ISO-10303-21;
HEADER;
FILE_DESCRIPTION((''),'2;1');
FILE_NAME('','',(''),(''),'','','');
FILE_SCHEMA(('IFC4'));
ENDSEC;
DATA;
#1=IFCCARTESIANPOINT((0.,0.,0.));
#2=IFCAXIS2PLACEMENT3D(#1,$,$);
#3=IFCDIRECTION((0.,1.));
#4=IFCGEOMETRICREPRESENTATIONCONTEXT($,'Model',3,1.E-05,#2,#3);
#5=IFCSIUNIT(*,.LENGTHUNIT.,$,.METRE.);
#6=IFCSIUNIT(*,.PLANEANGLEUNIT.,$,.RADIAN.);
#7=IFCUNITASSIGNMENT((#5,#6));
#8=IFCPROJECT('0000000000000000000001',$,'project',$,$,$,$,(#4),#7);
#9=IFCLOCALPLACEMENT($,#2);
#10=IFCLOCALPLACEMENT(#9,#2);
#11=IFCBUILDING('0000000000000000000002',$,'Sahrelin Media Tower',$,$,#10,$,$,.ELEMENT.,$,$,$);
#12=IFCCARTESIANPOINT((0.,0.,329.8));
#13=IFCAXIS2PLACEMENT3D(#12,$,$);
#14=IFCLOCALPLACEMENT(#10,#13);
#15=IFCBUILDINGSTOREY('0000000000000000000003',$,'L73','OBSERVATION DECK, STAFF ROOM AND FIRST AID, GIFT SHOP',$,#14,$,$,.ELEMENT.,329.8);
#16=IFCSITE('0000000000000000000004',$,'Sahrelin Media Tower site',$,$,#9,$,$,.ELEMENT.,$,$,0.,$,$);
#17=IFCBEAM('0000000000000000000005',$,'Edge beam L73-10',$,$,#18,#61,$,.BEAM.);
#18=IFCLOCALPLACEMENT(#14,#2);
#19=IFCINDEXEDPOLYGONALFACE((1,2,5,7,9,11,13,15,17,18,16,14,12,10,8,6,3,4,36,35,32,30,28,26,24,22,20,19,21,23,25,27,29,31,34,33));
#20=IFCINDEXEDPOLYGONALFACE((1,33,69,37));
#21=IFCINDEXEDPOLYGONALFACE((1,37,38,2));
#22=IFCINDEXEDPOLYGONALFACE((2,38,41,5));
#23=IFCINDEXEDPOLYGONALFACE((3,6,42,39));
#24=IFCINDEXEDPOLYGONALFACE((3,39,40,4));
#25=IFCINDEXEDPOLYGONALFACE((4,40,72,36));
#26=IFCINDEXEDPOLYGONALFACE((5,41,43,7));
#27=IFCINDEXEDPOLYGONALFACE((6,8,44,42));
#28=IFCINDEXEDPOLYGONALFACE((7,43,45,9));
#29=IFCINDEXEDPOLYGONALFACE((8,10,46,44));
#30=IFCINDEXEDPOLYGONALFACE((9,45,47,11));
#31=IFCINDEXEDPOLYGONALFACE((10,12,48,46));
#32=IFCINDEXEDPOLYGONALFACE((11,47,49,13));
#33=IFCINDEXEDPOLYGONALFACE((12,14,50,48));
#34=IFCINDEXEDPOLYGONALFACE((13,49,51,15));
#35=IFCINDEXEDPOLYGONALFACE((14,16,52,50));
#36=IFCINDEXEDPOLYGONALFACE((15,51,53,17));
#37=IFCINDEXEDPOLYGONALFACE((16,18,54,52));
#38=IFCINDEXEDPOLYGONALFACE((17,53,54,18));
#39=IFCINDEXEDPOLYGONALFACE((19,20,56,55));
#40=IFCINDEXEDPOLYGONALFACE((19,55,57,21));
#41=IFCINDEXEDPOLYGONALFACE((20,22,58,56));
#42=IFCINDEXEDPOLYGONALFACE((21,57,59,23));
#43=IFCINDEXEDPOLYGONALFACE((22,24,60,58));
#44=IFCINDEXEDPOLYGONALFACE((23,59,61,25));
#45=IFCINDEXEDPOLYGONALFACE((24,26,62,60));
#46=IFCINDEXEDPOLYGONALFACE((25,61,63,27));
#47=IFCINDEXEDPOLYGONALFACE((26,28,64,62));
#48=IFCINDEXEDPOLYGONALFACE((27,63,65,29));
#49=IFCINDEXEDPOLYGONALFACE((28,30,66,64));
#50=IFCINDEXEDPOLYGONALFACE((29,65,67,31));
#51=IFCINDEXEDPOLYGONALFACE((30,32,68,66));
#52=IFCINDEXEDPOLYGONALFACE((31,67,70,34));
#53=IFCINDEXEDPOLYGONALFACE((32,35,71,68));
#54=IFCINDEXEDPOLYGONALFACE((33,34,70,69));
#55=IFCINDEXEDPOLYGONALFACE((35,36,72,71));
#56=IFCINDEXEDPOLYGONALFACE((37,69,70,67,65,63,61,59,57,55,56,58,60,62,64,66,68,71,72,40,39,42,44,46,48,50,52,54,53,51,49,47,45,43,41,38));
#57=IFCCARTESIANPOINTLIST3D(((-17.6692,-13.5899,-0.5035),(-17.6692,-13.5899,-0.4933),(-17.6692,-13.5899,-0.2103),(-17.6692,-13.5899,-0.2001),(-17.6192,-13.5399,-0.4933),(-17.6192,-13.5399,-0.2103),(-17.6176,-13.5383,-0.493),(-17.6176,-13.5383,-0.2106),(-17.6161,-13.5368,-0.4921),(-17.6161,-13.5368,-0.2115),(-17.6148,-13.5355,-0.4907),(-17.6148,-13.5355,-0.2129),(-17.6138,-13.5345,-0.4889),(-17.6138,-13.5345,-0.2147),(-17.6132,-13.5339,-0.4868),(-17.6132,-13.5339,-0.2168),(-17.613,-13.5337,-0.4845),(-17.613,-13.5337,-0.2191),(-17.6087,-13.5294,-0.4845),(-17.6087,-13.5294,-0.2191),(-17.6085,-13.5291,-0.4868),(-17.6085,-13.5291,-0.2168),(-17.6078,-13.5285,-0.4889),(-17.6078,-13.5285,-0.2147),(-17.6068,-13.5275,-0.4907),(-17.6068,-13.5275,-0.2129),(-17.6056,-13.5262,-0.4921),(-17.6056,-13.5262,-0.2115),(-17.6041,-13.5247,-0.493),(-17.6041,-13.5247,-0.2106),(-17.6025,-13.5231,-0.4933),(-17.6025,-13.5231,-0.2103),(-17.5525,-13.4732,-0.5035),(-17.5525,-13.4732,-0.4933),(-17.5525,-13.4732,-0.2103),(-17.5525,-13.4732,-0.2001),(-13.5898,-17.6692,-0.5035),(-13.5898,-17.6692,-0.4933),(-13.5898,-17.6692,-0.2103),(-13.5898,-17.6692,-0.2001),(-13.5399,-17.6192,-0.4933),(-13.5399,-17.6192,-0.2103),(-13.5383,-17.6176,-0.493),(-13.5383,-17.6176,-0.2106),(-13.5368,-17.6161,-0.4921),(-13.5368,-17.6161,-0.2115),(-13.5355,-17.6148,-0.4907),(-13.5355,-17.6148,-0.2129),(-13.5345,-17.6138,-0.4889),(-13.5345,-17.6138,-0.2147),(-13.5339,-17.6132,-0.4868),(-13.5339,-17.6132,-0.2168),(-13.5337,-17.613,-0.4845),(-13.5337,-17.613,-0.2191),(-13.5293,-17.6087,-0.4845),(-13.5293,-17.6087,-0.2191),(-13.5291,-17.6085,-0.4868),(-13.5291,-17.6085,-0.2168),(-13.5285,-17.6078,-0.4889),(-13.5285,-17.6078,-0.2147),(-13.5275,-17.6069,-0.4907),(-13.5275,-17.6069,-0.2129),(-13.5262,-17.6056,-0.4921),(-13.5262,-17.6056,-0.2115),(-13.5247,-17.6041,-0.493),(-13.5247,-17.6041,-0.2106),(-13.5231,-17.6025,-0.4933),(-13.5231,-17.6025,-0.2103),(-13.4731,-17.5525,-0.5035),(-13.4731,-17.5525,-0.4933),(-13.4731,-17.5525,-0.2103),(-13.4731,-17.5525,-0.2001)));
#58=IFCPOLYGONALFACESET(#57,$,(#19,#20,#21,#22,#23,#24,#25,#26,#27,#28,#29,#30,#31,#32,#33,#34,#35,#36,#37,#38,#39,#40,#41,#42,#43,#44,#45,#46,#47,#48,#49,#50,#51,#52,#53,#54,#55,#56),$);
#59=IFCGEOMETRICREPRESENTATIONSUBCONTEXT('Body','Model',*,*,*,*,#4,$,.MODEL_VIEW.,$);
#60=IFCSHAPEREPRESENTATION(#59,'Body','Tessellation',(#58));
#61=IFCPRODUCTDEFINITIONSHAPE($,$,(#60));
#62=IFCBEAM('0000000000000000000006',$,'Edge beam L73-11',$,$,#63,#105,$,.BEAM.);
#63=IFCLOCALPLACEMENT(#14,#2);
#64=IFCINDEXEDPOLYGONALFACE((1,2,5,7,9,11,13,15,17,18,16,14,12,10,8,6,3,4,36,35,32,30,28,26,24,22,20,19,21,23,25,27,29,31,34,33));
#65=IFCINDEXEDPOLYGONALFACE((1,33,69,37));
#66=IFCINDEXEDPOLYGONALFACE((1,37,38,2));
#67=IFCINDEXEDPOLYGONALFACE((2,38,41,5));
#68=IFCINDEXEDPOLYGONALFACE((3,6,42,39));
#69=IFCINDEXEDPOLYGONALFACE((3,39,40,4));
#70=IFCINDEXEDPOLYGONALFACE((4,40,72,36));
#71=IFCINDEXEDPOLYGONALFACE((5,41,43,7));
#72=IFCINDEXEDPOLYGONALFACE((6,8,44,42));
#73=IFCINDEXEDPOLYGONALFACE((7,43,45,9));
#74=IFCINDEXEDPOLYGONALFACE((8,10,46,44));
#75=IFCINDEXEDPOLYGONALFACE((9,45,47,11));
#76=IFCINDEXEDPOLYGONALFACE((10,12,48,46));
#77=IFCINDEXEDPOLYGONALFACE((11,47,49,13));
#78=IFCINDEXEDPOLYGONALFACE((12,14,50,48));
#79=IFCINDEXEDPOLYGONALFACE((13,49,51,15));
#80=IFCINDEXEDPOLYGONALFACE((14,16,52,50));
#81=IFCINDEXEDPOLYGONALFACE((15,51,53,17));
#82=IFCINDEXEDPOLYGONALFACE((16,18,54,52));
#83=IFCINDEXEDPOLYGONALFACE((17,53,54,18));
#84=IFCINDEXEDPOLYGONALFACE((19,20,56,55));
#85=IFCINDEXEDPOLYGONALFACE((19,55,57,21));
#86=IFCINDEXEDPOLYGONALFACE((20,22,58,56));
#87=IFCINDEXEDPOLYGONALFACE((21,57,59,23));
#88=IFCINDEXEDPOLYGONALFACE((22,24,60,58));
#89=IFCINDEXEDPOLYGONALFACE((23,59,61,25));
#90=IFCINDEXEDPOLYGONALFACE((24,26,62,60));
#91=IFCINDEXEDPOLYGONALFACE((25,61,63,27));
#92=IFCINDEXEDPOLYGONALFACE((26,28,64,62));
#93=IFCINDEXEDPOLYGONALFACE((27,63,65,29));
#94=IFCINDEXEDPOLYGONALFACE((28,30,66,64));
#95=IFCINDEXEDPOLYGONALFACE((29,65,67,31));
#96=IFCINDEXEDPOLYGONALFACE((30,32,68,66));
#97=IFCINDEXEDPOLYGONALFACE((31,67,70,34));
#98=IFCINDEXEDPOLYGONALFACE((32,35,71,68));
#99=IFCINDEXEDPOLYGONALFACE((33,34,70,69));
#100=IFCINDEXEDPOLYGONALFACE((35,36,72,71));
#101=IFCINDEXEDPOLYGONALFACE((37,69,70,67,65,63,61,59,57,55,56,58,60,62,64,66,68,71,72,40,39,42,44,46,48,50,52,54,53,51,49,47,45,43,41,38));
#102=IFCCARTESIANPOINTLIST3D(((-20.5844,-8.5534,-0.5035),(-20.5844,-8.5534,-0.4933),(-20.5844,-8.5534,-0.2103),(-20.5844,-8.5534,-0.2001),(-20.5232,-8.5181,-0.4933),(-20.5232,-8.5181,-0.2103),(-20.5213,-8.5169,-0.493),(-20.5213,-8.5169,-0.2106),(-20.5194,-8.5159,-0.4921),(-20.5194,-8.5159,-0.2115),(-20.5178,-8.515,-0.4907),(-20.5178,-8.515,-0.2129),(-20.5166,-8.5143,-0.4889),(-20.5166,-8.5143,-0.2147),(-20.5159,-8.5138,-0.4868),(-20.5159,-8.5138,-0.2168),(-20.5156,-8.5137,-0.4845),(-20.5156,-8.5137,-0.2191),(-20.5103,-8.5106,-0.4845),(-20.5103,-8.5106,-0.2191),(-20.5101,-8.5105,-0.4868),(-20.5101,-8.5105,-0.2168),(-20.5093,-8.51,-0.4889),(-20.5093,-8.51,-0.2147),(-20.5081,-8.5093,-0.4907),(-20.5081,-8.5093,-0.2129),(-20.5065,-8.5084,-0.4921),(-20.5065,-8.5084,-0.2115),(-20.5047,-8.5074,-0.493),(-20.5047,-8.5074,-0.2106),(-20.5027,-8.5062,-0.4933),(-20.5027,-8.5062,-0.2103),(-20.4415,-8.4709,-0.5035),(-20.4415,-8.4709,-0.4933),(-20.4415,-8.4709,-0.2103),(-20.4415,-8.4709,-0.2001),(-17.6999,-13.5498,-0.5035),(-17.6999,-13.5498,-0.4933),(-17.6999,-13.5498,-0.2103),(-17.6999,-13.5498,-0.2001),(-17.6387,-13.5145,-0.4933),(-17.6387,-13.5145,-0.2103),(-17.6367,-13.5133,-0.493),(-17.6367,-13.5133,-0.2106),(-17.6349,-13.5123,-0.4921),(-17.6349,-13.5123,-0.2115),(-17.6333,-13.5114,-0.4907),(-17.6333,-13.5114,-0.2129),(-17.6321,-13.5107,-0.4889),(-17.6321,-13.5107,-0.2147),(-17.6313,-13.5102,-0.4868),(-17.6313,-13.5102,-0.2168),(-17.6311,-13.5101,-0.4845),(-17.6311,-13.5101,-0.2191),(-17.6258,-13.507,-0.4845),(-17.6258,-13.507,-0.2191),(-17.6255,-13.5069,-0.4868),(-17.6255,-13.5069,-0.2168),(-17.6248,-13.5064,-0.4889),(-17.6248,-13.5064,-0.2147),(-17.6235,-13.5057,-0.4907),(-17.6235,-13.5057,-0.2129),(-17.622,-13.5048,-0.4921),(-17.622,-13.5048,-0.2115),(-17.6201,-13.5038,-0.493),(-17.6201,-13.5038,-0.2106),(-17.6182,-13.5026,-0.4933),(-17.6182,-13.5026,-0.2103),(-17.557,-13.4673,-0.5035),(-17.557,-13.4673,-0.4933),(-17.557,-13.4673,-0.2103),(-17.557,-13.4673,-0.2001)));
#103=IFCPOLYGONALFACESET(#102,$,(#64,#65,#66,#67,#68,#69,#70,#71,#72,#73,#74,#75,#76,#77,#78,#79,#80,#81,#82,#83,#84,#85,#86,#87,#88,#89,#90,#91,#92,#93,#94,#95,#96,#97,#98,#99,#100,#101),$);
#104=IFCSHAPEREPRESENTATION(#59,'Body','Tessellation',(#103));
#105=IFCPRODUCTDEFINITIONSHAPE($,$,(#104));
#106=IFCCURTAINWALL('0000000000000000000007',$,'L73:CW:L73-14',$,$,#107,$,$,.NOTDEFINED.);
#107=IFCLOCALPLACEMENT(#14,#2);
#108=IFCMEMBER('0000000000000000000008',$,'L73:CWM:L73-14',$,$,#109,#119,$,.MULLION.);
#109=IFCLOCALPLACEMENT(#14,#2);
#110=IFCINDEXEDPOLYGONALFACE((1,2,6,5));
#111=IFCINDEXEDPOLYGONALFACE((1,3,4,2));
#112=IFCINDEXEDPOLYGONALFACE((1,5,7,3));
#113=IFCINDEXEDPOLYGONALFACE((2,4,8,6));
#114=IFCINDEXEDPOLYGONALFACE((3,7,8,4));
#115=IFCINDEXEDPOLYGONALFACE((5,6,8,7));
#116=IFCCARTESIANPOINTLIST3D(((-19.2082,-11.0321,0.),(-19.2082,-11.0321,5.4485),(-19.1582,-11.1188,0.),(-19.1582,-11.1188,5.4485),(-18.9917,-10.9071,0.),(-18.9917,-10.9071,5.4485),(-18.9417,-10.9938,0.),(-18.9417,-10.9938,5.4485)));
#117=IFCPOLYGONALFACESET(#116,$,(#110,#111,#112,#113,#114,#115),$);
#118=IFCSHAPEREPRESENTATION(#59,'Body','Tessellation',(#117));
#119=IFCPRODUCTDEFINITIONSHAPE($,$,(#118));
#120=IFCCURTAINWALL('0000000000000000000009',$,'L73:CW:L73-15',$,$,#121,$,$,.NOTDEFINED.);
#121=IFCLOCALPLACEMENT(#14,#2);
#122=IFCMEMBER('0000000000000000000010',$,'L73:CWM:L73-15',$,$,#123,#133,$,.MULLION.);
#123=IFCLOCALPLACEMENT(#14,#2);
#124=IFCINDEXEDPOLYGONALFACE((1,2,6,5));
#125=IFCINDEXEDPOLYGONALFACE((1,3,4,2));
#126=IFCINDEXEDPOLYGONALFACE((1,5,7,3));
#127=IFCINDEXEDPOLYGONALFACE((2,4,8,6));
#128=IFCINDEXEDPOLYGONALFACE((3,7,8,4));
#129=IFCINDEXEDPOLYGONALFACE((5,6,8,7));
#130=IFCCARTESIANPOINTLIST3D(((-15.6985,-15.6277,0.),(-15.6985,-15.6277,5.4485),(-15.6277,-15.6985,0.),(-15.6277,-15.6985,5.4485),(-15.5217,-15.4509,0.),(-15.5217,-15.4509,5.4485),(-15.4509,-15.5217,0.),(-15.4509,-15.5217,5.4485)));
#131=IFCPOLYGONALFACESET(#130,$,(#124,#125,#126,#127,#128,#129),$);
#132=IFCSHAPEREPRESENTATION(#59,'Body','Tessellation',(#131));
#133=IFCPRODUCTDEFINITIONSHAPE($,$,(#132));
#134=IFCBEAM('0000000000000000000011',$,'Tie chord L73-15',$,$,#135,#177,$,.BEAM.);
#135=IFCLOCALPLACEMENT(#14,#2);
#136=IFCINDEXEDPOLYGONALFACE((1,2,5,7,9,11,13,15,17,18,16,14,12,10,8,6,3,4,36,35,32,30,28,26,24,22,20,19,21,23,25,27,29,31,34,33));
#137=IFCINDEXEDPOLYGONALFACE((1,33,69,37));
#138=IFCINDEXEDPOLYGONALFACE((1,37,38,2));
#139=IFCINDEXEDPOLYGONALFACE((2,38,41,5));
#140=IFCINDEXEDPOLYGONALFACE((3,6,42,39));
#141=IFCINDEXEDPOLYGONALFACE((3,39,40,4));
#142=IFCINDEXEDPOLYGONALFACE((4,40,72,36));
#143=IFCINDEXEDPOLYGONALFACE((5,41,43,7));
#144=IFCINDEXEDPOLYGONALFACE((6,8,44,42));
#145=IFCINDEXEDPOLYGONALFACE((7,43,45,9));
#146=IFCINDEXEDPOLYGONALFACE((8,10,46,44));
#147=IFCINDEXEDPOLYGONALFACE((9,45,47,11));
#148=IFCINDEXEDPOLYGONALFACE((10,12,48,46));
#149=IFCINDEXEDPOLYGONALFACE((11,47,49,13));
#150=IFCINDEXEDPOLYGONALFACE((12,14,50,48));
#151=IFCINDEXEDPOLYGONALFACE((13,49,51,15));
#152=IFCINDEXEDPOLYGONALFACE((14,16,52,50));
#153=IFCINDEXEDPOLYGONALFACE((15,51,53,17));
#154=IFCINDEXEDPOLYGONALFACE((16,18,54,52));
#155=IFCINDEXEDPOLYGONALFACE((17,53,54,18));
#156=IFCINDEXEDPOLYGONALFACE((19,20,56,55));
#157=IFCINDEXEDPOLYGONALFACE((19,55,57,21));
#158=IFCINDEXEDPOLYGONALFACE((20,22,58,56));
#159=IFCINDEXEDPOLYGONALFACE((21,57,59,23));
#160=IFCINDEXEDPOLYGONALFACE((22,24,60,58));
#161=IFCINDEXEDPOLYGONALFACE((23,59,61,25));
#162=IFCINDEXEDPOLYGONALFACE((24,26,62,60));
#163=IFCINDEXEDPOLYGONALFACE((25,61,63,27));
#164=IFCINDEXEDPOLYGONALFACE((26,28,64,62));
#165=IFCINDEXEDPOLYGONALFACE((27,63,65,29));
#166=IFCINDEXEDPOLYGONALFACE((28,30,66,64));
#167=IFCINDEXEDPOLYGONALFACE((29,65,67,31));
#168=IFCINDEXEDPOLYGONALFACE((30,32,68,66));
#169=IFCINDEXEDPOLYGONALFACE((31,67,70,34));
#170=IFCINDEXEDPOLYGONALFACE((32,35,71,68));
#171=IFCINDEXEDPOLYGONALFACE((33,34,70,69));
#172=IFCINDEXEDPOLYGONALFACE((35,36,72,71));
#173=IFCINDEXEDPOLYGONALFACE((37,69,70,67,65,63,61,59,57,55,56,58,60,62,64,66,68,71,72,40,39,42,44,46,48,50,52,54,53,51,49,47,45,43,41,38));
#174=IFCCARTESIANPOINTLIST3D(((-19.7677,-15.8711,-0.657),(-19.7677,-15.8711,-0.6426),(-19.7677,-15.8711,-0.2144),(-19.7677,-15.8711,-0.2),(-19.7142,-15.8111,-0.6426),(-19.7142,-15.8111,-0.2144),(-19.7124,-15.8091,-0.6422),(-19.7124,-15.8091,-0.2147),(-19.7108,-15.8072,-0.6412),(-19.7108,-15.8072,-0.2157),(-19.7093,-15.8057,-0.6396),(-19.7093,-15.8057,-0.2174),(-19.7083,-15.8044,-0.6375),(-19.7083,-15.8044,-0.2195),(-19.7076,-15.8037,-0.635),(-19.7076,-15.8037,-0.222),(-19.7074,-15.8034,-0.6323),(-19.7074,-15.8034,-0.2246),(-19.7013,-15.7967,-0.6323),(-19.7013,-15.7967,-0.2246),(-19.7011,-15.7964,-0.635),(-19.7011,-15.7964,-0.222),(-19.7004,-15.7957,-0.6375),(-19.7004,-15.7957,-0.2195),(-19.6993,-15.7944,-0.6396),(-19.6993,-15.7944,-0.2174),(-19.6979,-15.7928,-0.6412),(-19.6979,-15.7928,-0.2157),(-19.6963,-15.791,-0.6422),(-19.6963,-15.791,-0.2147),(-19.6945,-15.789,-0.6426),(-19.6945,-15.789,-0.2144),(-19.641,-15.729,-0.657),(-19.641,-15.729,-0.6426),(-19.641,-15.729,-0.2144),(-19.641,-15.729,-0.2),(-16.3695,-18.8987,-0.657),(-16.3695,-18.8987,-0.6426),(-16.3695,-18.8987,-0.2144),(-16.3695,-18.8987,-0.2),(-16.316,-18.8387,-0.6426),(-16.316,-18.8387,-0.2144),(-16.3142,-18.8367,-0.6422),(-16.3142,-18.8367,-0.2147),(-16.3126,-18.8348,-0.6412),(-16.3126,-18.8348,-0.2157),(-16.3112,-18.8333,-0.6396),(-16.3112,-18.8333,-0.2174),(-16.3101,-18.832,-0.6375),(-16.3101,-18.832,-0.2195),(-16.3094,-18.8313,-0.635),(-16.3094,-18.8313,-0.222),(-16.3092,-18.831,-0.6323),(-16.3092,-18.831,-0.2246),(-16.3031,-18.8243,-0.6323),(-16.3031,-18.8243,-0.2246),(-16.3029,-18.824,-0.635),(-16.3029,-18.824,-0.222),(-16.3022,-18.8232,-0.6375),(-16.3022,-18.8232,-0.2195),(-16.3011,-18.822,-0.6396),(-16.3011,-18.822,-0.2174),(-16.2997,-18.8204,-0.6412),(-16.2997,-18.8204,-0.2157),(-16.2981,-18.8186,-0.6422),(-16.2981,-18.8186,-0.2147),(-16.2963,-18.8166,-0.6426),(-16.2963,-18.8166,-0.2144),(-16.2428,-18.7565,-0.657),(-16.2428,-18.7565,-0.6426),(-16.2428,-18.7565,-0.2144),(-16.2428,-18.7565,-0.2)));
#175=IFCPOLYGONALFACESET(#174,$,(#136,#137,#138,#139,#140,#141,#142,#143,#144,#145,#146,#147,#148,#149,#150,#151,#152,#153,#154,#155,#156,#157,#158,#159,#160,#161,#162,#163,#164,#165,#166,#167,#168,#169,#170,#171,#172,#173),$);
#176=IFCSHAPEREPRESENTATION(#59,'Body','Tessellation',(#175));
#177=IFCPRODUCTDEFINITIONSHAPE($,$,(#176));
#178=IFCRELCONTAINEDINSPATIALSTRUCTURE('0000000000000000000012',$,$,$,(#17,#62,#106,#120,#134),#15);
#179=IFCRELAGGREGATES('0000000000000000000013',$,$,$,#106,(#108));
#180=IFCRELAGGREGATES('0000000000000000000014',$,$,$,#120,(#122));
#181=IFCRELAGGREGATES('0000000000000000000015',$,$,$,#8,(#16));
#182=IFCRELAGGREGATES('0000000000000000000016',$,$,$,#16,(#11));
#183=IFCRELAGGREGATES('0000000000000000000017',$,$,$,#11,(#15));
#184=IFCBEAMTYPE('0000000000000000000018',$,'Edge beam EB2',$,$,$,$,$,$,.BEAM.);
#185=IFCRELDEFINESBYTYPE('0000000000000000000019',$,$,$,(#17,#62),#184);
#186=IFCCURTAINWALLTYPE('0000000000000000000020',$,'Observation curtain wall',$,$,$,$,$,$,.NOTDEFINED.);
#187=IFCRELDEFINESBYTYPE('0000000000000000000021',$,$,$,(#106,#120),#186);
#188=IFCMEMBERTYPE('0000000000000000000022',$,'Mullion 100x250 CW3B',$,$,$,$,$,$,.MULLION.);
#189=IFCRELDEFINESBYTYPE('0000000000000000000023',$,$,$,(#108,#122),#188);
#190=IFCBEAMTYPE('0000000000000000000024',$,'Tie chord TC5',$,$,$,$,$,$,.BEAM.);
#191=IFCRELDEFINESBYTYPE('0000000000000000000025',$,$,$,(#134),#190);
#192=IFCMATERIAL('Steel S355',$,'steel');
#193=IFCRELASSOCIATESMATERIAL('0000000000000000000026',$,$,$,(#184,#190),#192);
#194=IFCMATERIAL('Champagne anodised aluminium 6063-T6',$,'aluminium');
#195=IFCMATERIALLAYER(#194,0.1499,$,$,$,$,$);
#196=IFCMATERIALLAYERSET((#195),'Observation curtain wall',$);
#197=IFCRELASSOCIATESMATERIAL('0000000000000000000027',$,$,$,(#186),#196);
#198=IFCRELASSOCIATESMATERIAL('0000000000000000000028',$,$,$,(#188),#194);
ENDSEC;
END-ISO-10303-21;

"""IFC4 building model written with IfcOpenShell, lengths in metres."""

from ifc_helpers import new_model, si_unit, direction, frame, origin, origin_2d, place, context, subcontext, project, spatial, rectangle, i_section, extrude, material, layer, layer_set, material_profile, profile_set, type_object, element, aggregate, save


model = new_model("IFC4")

# Units and contexts
model_context = context("Model", 3, precision=1e-05, world=origin(), true_north=direction((0.0, 1.0)))
body_context = subcontext(model_context, "Body", "Model", "MODEL_VIEW")
ifc_project = project(units=[si_unit("LENGTHUNIT", "METRE"), si_unit("PLANEANGLEUNIT", "RADIAN")], contexts=[model_context])

# Site, building, storey
site_placement = place(None, origin())
site = spatial("IfcSite", under=ifc_project, at=site_placement, Name="Sahrelin Media Tower site", CompositionType="ELEMENT", RefElevation=0.0)
building_placement = place(site_placement, origin())
building = spatial("IfcBuilding", under=site, at=building_placement, Name="Sahrelin Media Tower", CompositionType="ELEMENT")
storey_placement = place(building_placement, frame((0.0, 0.0, 329.8)))
storey = spatial("IfcBuildingStorey", under=building, at=storey_placement, Name="L73", Description="OBSERVATION DECK, STAFF ROOM AND FIRST AID, GIFT SHOP", CompositionType="ELEMENT", Elevation=329.8)

# Beams
ifc_material_1 = material(Name="Steel S355", Category="steel")
ifc_material_profile_1 = material_profile(ifc_material_1, i_section(OverallWidth=0.165, OverallDepth=0.3035, WebThickness=0.0061, FlangeThickness=0.0103, FilletRadius=0.0088, at=origin_2d()), Name="UB 305x165x40")
ifc_profile_set_1 = profile_set([ifc_material_profile_1], Name="Steel S355")
beam_type_1 = type_object("IfcBeamType", Name="Edge beam EB2", PredefinedType="BEAM", material=ifc_profile_set_1)
beam_1_placement = place(storey_placement, frame((-13.5315, -17.6108, -0.3518), z_axis=(-0.707107, 0.707107, 0.0), x_axis=(-0.707107, -0.707107, 0.0)))
element("IfcBeam", 1, at=beam_1_placement, inside=storey, type_object=beam_type_1, Name="Edge beam L73-10", PredefinedType="BEAM", context=body_context, shape_type="SweptSolid", body=[
    extrude(i_section(OverallWidth=0.165, OverallDepth=0.3035, WebThickness=0.0061, FlangeThickness=0.0103, FilletRadius=0.0088, at=origin_2d()), origin(), (0.0, 0.0, 1.0), 5.769),
])
beam_2_placement = place(storey_placement, frame((-17.6284, -13.5085, -0.3518), z_axis=(-0.499985, 0.866034, 0.0), x_axis=(-0.866034, -0.499985, 0.0)))
element("IfcBeam", 2, at=beam_2_placement, inside=storey, type_object=beam_type_1, Name="Edge beam L73-11", PredefinedType="BEAM", context=body_context, shape_type="SweptSolid", body=[
    extrude(i_section(OverallWidth=0.165, OverallDepth=0.3035, WebThickness=0.0061, FlangeThickness=0.0103, FilletRadius=0.0088, at=origin_2d()), origin(), (0.0, 0.0, 1.0), 5.7693),
])

# Curtain walls, members
ifc_material_2 = material(Name="Champagne anodised aluminium 6063-T6", Category="aluminium")
ifc_layer_1 = layer(ifc_material_2, 0.1499)
ifc_layer_set_1 = layer_set([ifc_layer_1], Name="Observation curtain wall")
curtain_wall_type = type_object("IfcCurtainWallType", Name="Observation curtain wall", PredefinedType="NOTDEFINED", material=ifc_layer_set_1)
curtain_wall_1_placement = place(storey_placement, frame((-19.2004, -11.0854, 0.0), z_axis=(0.0, 0.0, 1.0), x_axis=(1.0, 0.0, 0.0)))
curtain_wall_1 = element("IfcCurtainWall", 3, at=curtain_wall_1_placement, inside=storey, type_object=curtain_wall_type, Name="L73:CW:L73-14", PredefinedType="NOTDEFINED")
ifc_material_profile_2 = material_profile(ifc_material_2, rectangle(XDim=0.1001, YDim=0.25, at=origin_2d()), Name="Mullion 100x250")
ifc_profile_set_2 = profile_set([ifc_material_profile_2], Name="Champagne anodised aluminium 6063-T6")
member_type_1 = type_object("IfcMemberType", Name="Mullion 100x250 CW3B", PredefinedType="MULLION", material=ifc_profile_set_2)
member_1_placement = place(storey_placement, frame((-19.075, -11.0129, 0.0), z_axis=(0.0, 0.0, 1.0), x_axis=(0.499994, -0.866029, 0.0)))
member_1 = element("IfcMember", 4, at=member_1_placement, type_object=member_type_1, Name="L73:CWM:L73-14", PredefinedType="MULLION", context=body_context, shape_type="SweptSolid", body=[
    extrude(rectangle(XDim=0.1001, YDim=0.25, at=origin_2d()), origin(), (0.0, 0.0, 1.0), 5.4485),
])
curtain_wall_2_placement = place(storey_placement, frame((-15.6772, -15.6772, 0.0), z_axis=(0.0, 0.0, 1.0), x_axis=(1.0, 0.0, 0.0)))
curtain_wall_2 = element("IfcCurtainWall", 5, at=curtain_wall_2_placement, inside=storey, type_object=curtain_wall_type, Name="L73:CW:L73-15", PredefinedType="NOTDEFINED")
member_2_placement = place(storey_placement, frame((-15.5747, -15.5747, 0.0), z_axis=(0.0, 0.0, 1.0), x_axis=(0.707107, -0.707107, 0.0)))
member_2 = element("IfcMember", 6, at=member_2_placement, type_object=member_type_1, Name="L73:CWM:L73-15", PredefinedType="MULLION", context=body_context, shape_type="SweptSolid", body=[
    extrude(rectangle(XDim=0.1001, YDim=0.25, at=origin_2d()), origin(), (0.0, 0.0, 1.0), 5.4485),
])

# Beam
ifc_material_profile_3 = material_profile(ifc_material_1, i_section(OverallWidth=0.1904, OverallDepth=0.457, WebThickness=0.009, FlangeThickness=0.0144, FilletRadius=0.0103, at=origin_2d()), Name="UB 457x191x74")
ifc_profile_set_3 = profile_set([ifc_material_profile_3], Name="Steel S355")
beam_type_2 = type_object("IfcBeamType", Name="Tie chord TC5", PredefinedType="BEAM", material=ifc_profile_set_3)
beam_3_placement = place(storey_placement, frame((-19.7043, -15.8, -0.4285), z_axis=(0.746648, -0.665219, 0.0), x_axis=(0.665219, 0.746648, 0.0)))
element("IfcBeam", 7, at=beam_3_placement, inside=storey, type_object=beam_type_2, Name="Tie chord L73-15", PredefinedType="BEAM", context=body_context, shape_type="SweptSolid", body=[
    extrude(i_section(OverallWidth=0.1904, OverallDepth=0.457, WebThickness=0.009, FlangeThickness=0.0144, FilletRadius=0.0103, at=origin_2d()), origin(), (0.0, 0.0, 1.0), 4.5513),
])

aggregate(curtain_wall_1, [member_1])
aggregate(curtain_wall_2, [member_2])

save(model, "model.ifc")
